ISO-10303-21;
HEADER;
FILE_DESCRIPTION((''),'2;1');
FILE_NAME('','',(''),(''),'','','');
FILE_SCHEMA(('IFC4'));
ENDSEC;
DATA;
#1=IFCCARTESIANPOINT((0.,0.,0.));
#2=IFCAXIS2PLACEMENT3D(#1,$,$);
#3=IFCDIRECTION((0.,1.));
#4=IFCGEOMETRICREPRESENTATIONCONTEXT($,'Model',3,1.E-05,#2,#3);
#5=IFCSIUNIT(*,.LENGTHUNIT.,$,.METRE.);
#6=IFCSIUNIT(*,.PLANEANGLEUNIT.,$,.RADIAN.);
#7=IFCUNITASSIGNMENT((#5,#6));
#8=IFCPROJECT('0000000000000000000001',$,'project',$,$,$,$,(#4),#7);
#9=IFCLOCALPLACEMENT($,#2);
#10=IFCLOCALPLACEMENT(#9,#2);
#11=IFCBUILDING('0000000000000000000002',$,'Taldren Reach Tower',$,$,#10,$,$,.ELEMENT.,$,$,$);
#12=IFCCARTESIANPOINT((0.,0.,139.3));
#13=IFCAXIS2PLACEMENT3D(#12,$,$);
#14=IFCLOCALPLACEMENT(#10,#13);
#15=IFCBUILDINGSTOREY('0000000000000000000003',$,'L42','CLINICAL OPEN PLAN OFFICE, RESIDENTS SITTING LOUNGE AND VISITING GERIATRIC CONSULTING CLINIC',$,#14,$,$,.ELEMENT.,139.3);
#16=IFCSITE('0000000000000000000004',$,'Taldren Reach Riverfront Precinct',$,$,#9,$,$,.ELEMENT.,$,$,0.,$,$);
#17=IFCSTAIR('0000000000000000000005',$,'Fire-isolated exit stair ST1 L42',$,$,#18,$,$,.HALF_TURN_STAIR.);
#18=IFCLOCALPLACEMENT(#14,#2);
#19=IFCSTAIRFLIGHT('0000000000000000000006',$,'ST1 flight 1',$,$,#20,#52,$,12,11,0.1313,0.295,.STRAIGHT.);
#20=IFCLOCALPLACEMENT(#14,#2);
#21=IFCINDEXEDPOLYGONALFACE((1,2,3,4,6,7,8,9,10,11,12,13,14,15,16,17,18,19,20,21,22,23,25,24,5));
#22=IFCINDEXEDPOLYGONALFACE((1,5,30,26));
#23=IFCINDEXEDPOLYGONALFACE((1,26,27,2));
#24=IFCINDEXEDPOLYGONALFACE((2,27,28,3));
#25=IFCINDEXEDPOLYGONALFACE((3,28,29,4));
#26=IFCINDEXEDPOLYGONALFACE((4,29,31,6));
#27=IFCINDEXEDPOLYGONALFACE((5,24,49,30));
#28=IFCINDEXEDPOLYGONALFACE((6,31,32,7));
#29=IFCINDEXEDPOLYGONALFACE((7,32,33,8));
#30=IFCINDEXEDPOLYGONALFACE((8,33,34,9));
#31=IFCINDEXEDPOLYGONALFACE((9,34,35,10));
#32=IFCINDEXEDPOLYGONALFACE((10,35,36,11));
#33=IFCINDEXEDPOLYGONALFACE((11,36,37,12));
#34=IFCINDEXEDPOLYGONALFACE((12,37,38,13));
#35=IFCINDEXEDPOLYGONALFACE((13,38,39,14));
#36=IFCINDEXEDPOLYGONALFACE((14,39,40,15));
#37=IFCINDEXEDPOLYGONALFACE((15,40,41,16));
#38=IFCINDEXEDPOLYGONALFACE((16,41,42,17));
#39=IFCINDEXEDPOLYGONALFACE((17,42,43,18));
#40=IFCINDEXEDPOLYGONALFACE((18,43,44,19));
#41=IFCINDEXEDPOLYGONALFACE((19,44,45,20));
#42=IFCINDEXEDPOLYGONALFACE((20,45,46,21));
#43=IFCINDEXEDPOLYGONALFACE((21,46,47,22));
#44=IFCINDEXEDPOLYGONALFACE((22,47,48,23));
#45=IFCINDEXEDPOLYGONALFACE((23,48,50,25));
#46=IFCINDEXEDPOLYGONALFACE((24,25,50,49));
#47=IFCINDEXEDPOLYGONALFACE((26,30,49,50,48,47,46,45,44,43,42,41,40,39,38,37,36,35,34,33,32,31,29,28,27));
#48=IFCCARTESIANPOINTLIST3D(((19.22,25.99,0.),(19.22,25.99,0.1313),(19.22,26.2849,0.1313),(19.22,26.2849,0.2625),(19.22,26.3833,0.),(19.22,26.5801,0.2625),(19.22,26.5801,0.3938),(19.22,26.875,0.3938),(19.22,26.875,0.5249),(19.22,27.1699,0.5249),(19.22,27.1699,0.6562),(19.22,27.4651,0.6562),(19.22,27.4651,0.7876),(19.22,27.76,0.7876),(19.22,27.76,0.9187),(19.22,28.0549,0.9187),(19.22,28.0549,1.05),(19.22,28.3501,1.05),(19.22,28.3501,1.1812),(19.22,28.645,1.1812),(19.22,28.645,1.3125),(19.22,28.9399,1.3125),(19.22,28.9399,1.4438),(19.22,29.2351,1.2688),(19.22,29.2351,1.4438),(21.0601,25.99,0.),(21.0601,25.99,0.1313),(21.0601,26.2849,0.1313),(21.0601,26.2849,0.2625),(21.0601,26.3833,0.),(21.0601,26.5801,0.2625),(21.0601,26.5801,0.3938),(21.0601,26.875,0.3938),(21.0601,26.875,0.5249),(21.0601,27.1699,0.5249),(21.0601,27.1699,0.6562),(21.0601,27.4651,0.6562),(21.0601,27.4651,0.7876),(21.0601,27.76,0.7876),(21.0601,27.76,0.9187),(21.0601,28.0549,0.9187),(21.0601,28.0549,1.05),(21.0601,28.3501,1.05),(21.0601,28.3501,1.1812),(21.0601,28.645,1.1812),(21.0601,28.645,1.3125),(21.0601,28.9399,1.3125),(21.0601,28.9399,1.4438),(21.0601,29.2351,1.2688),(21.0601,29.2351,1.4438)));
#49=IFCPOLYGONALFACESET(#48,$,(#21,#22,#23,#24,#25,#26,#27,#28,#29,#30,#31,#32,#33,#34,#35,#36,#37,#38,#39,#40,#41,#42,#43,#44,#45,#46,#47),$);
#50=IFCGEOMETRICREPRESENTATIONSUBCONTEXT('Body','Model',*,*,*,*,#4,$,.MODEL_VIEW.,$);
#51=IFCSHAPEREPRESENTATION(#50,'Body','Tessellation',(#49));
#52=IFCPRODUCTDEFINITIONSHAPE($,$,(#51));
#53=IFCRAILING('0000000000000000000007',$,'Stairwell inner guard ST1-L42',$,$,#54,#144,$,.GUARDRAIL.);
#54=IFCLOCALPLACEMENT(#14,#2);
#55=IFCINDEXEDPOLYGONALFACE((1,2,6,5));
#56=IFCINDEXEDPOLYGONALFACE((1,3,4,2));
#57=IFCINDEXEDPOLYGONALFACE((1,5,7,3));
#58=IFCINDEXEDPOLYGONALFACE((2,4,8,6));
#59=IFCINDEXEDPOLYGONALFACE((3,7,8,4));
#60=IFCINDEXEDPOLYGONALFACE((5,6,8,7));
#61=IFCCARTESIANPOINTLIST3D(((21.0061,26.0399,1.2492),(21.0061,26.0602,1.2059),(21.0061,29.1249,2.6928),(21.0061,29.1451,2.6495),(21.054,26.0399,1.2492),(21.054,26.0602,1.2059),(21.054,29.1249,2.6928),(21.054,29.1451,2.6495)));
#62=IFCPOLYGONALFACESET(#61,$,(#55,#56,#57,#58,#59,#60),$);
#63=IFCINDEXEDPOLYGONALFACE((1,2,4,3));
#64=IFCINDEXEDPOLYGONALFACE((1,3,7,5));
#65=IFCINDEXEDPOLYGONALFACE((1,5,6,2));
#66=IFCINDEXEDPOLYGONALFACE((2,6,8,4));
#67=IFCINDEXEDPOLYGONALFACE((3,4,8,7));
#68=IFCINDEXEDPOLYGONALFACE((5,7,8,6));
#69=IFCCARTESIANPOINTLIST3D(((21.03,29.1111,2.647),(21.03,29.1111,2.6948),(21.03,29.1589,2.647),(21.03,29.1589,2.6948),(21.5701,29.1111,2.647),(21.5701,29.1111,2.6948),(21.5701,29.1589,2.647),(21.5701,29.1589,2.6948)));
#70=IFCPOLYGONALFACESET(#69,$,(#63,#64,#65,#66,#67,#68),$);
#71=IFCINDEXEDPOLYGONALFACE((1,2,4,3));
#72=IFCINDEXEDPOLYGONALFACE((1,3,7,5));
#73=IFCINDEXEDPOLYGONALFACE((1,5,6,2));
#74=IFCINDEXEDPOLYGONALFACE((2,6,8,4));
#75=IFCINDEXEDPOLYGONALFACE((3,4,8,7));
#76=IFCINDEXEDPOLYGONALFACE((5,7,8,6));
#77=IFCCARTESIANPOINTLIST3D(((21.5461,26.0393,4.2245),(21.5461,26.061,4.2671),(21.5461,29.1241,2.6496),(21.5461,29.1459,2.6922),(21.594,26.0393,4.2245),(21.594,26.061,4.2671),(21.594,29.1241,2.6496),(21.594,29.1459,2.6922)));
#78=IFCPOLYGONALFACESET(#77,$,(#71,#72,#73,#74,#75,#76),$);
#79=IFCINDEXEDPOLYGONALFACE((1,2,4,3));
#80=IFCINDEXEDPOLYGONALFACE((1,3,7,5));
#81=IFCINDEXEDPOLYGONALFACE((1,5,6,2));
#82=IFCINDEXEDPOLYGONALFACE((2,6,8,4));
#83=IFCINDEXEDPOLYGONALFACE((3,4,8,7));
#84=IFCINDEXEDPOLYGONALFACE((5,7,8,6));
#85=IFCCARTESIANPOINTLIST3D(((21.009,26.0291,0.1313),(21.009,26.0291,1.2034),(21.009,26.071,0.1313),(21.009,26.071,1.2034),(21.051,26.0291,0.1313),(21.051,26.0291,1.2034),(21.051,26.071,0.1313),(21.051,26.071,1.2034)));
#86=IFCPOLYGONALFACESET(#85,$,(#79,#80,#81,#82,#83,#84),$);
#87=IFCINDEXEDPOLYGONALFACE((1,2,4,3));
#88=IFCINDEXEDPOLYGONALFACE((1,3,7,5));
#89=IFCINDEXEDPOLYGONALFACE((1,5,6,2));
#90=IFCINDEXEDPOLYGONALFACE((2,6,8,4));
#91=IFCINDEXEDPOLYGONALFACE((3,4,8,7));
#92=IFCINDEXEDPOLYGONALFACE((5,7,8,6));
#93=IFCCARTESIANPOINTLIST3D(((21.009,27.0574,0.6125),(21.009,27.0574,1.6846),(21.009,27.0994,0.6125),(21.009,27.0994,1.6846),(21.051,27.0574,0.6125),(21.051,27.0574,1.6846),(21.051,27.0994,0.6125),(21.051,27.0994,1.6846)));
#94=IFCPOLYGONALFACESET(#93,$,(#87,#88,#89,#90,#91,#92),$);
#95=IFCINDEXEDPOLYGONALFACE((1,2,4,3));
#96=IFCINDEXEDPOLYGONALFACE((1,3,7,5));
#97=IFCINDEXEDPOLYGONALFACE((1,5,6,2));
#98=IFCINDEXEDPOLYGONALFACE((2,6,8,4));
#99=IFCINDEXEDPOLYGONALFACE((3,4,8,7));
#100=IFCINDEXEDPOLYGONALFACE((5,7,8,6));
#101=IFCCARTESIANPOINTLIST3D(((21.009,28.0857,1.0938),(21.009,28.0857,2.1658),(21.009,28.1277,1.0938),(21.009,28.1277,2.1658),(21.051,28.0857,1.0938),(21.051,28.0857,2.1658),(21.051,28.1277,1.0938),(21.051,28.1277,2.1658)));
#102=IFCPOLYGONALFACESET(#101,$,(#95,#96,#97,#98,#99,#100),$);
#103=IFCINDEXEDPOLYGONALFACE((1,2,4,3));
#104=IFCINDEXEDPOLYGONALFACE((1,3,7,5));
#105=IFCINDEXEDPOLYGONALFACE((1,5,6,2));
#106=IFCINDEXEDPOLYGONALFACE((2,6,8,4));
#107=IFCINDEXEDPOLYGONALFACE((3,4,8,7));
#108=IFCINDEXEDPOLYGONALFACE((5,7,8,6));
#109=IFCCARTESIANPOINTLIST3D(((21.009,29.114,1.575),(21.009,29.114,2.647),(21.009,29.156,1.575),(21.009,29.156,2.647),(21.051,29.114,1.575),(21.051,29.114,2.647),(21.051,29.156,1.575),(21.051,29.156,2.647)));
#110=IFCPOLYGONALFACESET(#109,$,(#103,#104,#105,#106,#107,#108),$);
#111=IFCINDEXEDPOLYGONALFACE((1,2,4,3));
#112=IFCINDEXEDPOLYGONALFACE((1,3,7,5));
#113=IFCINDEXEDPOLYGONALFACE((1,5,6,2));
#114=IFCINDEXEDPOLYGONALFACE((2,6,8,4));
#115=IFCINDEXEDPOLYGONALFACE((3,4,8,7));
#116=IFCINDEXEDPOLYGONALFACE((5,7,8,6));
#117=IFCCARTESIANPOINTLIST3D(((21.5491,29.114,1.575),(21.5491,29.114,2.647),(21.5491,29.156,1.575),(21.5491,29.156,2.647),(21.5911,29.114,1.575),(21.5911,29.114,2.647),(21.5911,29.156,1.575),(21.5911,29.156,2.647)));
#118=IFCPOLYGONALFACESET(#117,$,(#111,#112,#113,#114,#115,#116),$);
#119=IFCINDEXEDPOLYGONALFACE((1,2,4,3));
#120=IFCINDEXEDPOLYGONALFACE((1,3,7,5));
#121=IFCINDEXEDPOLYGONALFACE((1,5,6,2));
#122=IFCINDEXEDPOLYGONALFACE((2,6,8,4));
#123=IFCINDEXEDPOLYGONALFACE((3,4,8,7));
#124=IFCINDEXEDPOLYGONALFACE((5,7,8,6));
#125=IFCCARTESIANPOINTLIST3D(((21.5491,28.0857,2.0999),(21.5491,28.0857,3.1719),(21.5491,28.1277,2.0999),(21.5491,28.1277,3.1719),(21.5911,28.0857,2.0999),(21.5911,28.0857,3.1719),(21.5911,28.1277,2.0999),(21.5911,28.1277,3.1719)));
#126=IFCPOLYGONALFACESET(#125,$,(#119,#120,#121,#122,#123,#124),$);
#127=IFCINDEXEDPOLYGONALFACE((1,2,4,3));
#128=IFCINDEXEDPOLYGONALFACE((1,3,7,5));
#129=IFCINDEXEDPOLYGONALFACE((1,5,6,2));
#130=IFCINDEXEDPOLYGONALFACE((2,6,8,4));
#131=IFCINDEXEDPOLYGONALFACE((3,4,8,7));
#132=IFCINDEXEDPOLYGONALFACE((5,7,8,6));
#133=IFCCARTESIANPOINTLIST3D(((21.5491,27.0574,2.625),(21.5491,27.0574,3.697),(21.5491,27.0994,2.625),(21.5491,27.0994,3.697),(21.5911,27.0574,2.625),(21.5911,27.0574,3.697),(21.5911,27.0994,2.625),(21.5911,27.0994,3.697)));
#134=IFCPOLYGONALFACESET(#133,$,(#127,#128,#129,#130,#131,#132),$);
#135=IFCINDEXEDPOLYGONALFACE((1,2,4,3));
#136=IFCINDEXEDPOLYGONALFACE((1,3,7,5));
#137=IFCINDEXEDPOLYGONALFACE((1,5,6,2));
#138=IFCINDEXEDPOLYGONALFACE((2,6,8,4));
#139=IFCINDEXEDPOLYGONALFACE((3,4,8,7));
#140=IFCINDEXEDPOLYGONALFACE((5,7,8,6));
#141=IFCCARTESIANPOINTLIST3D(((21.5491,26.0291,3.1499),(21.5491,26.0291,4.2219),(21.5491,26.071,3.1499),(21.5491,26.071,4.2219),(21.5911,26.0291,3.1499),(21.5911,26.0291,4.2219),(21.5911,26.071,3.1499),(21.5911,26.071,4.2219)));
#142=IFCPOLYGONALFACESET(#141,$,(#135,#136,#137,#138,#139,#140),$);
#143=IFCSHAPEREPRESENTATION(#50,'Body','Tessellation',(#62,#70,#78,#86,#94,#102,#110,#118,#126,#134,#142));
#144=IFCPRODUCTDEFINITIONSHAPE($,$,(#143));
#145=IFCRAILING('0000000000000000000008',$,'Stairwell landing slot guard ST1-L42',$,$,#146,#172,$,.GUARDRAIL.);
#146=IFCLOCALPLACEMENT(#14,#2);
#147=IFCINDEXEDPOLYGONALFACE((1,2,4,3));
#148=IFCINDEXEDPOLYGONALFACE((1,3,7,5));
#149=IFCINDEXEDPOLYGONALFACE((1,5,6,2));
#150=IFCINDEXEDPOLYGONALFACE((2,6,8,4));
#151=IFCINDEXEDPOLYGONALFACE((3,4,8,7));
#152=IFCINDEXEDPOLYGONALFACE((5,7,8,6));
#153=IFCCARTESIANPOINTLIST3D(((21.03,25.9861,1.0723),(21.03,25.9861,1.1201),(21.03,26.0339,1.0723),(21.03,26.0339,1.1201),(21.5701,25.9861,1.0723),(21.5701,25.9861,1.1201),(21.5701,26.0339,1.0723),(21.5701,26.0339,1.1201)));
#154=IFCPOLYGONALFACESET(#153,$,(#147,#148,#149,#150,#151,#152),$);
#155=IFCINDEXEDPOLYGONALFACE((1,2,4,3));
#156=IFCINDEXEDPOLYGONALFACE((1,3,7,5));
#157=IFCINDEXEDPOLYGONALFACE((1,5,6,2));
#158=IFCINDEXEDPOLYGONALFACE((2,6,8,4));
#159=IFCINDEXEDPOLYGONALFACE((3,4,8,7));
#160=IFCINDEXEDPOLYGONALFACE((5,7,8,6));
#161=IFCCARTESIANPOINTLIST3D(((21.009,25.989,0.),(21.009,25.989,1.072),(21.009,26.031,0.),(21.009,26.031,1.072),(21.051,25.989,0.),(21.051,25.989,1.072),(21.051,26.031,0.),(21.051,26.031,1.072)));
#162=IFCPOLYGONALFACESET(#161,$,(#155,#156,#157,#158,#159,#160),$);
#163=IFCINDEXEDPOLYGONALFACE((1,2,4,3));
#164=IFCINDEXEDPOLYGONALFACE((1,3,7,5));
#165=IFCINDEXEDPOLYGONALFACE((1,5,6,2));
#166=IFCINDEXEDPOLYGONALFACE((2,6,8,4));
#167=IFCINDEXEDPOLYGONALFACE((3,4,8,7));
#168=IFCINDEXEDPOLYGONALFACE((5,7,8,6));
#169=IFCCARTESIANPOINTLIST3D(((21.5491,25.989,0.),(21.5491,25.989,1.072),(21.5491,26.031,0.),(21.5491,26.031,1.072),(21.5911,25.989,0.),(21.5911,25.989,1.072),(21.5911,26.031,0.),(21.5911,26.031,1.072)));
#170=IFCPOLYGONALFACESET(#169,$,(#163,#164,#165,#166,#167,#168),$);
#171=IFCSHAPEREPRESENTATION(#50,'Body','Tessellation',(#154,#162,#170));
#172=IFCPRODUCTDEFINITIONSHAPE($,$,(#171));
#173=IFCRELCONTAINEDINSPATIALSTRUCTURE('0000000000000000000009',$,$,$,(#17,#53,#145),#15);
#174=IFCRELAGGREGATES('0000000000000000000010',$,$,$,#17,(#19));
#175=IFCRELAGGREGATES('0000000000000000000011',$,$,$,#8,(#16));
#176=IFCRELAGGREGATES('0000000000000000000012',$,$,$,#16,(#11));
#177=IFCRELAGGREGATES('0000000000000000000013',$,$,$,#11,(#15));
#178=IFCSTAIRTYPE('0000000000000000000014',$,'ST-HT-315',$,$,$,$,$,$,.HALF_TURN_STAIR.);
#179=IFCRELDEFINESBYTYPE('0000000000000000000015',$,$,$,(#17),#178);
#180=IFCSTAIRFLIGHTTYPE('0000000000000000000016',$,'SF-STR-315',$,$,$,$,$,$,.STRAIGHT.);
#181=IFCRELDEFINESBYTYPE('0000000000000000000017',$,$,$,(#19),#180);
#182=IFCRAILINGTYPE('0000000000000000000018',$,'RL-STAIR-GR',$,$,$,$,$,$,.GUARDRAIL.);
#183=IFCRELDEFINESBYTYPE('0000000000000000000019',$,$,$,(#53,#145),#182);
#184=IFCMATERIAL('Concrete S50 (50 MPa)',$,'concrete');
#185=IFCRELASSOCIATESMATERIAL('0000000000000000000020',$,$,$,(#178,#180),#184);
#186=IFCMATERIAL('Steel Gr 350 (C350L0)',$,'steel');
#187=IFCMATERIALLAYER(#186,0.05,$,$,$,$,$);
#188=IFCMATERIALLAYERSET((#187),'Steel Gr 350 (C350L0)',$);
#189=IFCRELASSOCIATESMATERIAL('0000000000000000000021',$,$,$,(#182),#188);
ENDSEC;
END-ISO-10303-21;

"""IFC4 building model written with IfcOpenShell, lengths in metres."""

from ifc_helpers import new_model, si_unit, direction, frame, origin, origin_2d, place, context, subcontext, project, spatial, polyline, rectangle, outline, extrude, material, layer, layer_set, type_object, element, aggregate, save


model = new_model("IFC4")

# Units and contexts
model_context = context("Model", 3, precision=1e-05, world=origin(), true_north=direction((0.0, 1.0)))
body_context = subcontext(model_context, "Body", "Model", "MODEL_VIEW")
ifc_project = project(units=[si_unit("LENGTHUNIT", "METRE"), si_unit("PLANEANGLEUNIT", "RADIAN")], contexts=[model_context])

# Site, building, storey
site_placement = place(None, origin())
site = spatial("IfcSite", under=ifc_project, at=site_placement, Name="Taldren Reach Riverfront Precinct", CompositionType="ELEMENT", RefElevation=0.0)
building_placement = place(site_placement, origin())
building = spatial("IfcBuilding", under=site, at=building_placement, Name="Taldren Reach Tower", CompositionType="ELEMENT")
storey_placement = place(building_placement, frame((0.0, 0.0, 139.3)))
storey = spatial("IfcBuildingStorey", under=building, at=storey_placement, Name="L42", Description="CLINICAL OPEN PLAN OFFICE, RESIDENTS SITTING LOUNGE AND VISITING GERIATRIC CONSULTING CLINIC", CompositionType="ELEMENT", Elevation=139.3)

# Shared definitions
ifc_material_1 = material(Name="Concrete S50 (50 MPa)", Category="concrete")

# Stair, stair flight
stair_type = type_object("IfcStairType", Name="ST-HT-315", PredefinedType="HALF_TURN_STAIR", material=ifc_material_1)
stair_placement = place(storey_placement, origin())
stair = element("IfcStair", 1, at=stair_placement, inside=storey, type_object=stair_type, Name="Fire-isolated exit stair ST1 L42", PredefinedType="HALF_TURN_STAIR")
stair_flight_type = type_object("IfcStairFlightType", Name="SF-STR-315", PredefinedType="STRAIGHT", material=ifc_material_1)
stair_flight_placement = place(storey_placement, frame((20.1399, 25.99, 0.0), z_axis=(0.0, 0.0, 1.0), x_axis=(0.0, 1.0, 0.0)))
stair_flight = element("IfcStairFlight", 2, at=stair_flight_placement, type_object=stair_flight_type, Name="ST1 flight 1", NumberOfRisers=12, NumberOfTreads=11, PredefinedType="STRAIGHT", RiserHeight=0.1313, TreadLength=0.295, context=body_context, shape_type="SweptSolid", body=[
    extrude(outline(polyline([(0.0, 0.0), (0.0, 0.1313), (0.2949, 0.1313), (0.2949, 0.2625), (0.5901, 0.2625), (0.5901, 0.3938), (0.885, 0.3938), (0.885, 0.5249), (1.1799, 0.5249), (1.1799, 0.6562), (1.4751, 0.6562), (1.4751, 0.7876), (1.77, 0.7876), (1.77, 0.9187), (2.0649, 0.9187), (2.0649, 1.05), (2.3601, 1.05), (2.3601, 1.1812), (2.655, 1.1812), (2.655, 1.3125), (2.95, 1.3125), (2.95, 1.4438), (3.2451, 1.4438), (3.2451, 1.575), (3.2451, 1.2688), (0.3933, 0.0), (0.0, 0.0)])), frame((0.0, 0.9199, 0.0), z_axis=(0.0, -1.0, 0.0), x_axis=(1.0, 0.0, 0.0)), (0.0, 0.0, 1.0), 1.8401),
])
aggregate(stair, [stair_flight])

# Railings
ifc_material_2 = material(Name="Steel Gr 350 (C350L0)", Category="steel")
ifc_layer_1 = layer(ifc_material_2, 0.05)
ifc_layer_set_1 = layer_set([ifc_layer_1], Name="Steel Gr 350 (C350L0)")
railing_type = type_object("IfcRailingType", Name="RL-STAIR-GR", PredefinedType="GUARDRAIL", material=ifc_layer_set_1)
railing_1_placement = place(storey_placement, frame((21.03, 26.05, 0.1313)))
element("IfcRailing", 3, at=railing_1_placement, inside=storey, type_object=railing_type, Name="Stairwell inner guard ST1-L42", PredefinedType="GUARDRAIL", context=body_context, shape_type="SweptSolid", body=[
    extrude(rectangle(XDim=0.0479, YDim=0.0479, at=origin_2d()), frame((0.0, 0.0, 1.0962), z_axis=(0.0, 0.905738, 0.423839), x_axis=(-1.0, 0.0, 0.0)), (0.0, 0.0, 1.0), 3.406),
    extrude(rectangle(XDim=0.0479, YDim=0.0479, at=origin_2d()), frame((0.0, 3.085, 2.5396), z_axis=(1.0, 0.0, 0.0), x_axis=(0.0, 1.0, 0.0)), (0.0, 0.0, 1.0), 0.54),
    extrude(rectangle(XDim=0.0479, YDim=0.0479, at=origin_2d()), frame((0.54, 3.085, 2.5396), z_axis=(0.0, -0.890646, 0.454697), x_axis=(1.0, 0.0, 0.0)), (0.0, 0.0, 1.0), 3.4636),
    extrude(rectangle(XDim=0.042, YDim=0.042, at=origin_2d()), origin(), (0.0, 0.0, 1.0), 1.072),
    extrude(rectangle(XDim=0.042, YDim=0.042, at=origin_2d()), frame((0.0, 1.0283, 0.4812)), (0.0, 0.0, 1.0), 1.072),
    extrude(rectangle(XDim=0.042, YDim=0.042, at=origin_2d()), frame((0.0, 2.0566, 0.9624)), (0.0, 0.0, 1.0), 1.072),
    extrude(rectangle(XDim=0.042, YDim=0.042, at=origin_2d()), frame((0.0, 3.085, 1.4436)), (0.0, 0.0, 1.0), 1.072),
    extrude(rectangle(XDim=0.042, YDim=0.042, at=origin_2d()), frame((0.54, 3.085, 1.4436)), (0.0, 0.0, 1.0), 1.072),
    extrude(rectangle(XDim=0.042, YDim=0.042, at=origin_2d()), frame((0.54, 2.0566, 1.9685)), (0.0, 0.0, 1.0), 1.072),
    extrude(rectangle(XDim=0.042, YDim=0.042, at=origin_2d()), frame((0.54, 1.0283, 2.4937)), (0.0, 0.0, 1.0), 1.072),
    extrude(rectangle(XDim=0.042, YDim=0.042, at=origin_2d()), frame((0.54, 0.0, 3.0186)), (0.0, 0.0, 1.0), 1.072),
])
railing_2_placement = place(storey_placement, frame((21.03, 26.01, 0.0)))
element("IfcRailing", 4, at=railing_2_placement, inside=storey, type_object=railing_type, Name="Stairwell landing slot guard ST1-L42", PredefinedType="GUARDRAIL", context=body_context, shape_type="SweptSolid", body=[
    extrude(rectangle(XDim=0.0479, YDim=0.0479, at=origin_2d()), frame((0.0, 0.0, 1.0962), z_axis=(1.0, 0.0, 0.0), x_axis=(0.0, 1.0, 0.0)), (0.0, 0.0, 1.0), 0.54),
    extrude(rectangle(XDim=0.042, YDim=0.042, at=origin_2d()), origin(), (0.0, 0.0, 1.0), 1.072),
    extrude(rectangle(XDim=0.042, YDim=0.042, at=origin_2d()), frame((0.54, 0.0, 0.0)), (0.0, 0.0, 1.0), 1.072),
])

save(model, "model.ifc")
